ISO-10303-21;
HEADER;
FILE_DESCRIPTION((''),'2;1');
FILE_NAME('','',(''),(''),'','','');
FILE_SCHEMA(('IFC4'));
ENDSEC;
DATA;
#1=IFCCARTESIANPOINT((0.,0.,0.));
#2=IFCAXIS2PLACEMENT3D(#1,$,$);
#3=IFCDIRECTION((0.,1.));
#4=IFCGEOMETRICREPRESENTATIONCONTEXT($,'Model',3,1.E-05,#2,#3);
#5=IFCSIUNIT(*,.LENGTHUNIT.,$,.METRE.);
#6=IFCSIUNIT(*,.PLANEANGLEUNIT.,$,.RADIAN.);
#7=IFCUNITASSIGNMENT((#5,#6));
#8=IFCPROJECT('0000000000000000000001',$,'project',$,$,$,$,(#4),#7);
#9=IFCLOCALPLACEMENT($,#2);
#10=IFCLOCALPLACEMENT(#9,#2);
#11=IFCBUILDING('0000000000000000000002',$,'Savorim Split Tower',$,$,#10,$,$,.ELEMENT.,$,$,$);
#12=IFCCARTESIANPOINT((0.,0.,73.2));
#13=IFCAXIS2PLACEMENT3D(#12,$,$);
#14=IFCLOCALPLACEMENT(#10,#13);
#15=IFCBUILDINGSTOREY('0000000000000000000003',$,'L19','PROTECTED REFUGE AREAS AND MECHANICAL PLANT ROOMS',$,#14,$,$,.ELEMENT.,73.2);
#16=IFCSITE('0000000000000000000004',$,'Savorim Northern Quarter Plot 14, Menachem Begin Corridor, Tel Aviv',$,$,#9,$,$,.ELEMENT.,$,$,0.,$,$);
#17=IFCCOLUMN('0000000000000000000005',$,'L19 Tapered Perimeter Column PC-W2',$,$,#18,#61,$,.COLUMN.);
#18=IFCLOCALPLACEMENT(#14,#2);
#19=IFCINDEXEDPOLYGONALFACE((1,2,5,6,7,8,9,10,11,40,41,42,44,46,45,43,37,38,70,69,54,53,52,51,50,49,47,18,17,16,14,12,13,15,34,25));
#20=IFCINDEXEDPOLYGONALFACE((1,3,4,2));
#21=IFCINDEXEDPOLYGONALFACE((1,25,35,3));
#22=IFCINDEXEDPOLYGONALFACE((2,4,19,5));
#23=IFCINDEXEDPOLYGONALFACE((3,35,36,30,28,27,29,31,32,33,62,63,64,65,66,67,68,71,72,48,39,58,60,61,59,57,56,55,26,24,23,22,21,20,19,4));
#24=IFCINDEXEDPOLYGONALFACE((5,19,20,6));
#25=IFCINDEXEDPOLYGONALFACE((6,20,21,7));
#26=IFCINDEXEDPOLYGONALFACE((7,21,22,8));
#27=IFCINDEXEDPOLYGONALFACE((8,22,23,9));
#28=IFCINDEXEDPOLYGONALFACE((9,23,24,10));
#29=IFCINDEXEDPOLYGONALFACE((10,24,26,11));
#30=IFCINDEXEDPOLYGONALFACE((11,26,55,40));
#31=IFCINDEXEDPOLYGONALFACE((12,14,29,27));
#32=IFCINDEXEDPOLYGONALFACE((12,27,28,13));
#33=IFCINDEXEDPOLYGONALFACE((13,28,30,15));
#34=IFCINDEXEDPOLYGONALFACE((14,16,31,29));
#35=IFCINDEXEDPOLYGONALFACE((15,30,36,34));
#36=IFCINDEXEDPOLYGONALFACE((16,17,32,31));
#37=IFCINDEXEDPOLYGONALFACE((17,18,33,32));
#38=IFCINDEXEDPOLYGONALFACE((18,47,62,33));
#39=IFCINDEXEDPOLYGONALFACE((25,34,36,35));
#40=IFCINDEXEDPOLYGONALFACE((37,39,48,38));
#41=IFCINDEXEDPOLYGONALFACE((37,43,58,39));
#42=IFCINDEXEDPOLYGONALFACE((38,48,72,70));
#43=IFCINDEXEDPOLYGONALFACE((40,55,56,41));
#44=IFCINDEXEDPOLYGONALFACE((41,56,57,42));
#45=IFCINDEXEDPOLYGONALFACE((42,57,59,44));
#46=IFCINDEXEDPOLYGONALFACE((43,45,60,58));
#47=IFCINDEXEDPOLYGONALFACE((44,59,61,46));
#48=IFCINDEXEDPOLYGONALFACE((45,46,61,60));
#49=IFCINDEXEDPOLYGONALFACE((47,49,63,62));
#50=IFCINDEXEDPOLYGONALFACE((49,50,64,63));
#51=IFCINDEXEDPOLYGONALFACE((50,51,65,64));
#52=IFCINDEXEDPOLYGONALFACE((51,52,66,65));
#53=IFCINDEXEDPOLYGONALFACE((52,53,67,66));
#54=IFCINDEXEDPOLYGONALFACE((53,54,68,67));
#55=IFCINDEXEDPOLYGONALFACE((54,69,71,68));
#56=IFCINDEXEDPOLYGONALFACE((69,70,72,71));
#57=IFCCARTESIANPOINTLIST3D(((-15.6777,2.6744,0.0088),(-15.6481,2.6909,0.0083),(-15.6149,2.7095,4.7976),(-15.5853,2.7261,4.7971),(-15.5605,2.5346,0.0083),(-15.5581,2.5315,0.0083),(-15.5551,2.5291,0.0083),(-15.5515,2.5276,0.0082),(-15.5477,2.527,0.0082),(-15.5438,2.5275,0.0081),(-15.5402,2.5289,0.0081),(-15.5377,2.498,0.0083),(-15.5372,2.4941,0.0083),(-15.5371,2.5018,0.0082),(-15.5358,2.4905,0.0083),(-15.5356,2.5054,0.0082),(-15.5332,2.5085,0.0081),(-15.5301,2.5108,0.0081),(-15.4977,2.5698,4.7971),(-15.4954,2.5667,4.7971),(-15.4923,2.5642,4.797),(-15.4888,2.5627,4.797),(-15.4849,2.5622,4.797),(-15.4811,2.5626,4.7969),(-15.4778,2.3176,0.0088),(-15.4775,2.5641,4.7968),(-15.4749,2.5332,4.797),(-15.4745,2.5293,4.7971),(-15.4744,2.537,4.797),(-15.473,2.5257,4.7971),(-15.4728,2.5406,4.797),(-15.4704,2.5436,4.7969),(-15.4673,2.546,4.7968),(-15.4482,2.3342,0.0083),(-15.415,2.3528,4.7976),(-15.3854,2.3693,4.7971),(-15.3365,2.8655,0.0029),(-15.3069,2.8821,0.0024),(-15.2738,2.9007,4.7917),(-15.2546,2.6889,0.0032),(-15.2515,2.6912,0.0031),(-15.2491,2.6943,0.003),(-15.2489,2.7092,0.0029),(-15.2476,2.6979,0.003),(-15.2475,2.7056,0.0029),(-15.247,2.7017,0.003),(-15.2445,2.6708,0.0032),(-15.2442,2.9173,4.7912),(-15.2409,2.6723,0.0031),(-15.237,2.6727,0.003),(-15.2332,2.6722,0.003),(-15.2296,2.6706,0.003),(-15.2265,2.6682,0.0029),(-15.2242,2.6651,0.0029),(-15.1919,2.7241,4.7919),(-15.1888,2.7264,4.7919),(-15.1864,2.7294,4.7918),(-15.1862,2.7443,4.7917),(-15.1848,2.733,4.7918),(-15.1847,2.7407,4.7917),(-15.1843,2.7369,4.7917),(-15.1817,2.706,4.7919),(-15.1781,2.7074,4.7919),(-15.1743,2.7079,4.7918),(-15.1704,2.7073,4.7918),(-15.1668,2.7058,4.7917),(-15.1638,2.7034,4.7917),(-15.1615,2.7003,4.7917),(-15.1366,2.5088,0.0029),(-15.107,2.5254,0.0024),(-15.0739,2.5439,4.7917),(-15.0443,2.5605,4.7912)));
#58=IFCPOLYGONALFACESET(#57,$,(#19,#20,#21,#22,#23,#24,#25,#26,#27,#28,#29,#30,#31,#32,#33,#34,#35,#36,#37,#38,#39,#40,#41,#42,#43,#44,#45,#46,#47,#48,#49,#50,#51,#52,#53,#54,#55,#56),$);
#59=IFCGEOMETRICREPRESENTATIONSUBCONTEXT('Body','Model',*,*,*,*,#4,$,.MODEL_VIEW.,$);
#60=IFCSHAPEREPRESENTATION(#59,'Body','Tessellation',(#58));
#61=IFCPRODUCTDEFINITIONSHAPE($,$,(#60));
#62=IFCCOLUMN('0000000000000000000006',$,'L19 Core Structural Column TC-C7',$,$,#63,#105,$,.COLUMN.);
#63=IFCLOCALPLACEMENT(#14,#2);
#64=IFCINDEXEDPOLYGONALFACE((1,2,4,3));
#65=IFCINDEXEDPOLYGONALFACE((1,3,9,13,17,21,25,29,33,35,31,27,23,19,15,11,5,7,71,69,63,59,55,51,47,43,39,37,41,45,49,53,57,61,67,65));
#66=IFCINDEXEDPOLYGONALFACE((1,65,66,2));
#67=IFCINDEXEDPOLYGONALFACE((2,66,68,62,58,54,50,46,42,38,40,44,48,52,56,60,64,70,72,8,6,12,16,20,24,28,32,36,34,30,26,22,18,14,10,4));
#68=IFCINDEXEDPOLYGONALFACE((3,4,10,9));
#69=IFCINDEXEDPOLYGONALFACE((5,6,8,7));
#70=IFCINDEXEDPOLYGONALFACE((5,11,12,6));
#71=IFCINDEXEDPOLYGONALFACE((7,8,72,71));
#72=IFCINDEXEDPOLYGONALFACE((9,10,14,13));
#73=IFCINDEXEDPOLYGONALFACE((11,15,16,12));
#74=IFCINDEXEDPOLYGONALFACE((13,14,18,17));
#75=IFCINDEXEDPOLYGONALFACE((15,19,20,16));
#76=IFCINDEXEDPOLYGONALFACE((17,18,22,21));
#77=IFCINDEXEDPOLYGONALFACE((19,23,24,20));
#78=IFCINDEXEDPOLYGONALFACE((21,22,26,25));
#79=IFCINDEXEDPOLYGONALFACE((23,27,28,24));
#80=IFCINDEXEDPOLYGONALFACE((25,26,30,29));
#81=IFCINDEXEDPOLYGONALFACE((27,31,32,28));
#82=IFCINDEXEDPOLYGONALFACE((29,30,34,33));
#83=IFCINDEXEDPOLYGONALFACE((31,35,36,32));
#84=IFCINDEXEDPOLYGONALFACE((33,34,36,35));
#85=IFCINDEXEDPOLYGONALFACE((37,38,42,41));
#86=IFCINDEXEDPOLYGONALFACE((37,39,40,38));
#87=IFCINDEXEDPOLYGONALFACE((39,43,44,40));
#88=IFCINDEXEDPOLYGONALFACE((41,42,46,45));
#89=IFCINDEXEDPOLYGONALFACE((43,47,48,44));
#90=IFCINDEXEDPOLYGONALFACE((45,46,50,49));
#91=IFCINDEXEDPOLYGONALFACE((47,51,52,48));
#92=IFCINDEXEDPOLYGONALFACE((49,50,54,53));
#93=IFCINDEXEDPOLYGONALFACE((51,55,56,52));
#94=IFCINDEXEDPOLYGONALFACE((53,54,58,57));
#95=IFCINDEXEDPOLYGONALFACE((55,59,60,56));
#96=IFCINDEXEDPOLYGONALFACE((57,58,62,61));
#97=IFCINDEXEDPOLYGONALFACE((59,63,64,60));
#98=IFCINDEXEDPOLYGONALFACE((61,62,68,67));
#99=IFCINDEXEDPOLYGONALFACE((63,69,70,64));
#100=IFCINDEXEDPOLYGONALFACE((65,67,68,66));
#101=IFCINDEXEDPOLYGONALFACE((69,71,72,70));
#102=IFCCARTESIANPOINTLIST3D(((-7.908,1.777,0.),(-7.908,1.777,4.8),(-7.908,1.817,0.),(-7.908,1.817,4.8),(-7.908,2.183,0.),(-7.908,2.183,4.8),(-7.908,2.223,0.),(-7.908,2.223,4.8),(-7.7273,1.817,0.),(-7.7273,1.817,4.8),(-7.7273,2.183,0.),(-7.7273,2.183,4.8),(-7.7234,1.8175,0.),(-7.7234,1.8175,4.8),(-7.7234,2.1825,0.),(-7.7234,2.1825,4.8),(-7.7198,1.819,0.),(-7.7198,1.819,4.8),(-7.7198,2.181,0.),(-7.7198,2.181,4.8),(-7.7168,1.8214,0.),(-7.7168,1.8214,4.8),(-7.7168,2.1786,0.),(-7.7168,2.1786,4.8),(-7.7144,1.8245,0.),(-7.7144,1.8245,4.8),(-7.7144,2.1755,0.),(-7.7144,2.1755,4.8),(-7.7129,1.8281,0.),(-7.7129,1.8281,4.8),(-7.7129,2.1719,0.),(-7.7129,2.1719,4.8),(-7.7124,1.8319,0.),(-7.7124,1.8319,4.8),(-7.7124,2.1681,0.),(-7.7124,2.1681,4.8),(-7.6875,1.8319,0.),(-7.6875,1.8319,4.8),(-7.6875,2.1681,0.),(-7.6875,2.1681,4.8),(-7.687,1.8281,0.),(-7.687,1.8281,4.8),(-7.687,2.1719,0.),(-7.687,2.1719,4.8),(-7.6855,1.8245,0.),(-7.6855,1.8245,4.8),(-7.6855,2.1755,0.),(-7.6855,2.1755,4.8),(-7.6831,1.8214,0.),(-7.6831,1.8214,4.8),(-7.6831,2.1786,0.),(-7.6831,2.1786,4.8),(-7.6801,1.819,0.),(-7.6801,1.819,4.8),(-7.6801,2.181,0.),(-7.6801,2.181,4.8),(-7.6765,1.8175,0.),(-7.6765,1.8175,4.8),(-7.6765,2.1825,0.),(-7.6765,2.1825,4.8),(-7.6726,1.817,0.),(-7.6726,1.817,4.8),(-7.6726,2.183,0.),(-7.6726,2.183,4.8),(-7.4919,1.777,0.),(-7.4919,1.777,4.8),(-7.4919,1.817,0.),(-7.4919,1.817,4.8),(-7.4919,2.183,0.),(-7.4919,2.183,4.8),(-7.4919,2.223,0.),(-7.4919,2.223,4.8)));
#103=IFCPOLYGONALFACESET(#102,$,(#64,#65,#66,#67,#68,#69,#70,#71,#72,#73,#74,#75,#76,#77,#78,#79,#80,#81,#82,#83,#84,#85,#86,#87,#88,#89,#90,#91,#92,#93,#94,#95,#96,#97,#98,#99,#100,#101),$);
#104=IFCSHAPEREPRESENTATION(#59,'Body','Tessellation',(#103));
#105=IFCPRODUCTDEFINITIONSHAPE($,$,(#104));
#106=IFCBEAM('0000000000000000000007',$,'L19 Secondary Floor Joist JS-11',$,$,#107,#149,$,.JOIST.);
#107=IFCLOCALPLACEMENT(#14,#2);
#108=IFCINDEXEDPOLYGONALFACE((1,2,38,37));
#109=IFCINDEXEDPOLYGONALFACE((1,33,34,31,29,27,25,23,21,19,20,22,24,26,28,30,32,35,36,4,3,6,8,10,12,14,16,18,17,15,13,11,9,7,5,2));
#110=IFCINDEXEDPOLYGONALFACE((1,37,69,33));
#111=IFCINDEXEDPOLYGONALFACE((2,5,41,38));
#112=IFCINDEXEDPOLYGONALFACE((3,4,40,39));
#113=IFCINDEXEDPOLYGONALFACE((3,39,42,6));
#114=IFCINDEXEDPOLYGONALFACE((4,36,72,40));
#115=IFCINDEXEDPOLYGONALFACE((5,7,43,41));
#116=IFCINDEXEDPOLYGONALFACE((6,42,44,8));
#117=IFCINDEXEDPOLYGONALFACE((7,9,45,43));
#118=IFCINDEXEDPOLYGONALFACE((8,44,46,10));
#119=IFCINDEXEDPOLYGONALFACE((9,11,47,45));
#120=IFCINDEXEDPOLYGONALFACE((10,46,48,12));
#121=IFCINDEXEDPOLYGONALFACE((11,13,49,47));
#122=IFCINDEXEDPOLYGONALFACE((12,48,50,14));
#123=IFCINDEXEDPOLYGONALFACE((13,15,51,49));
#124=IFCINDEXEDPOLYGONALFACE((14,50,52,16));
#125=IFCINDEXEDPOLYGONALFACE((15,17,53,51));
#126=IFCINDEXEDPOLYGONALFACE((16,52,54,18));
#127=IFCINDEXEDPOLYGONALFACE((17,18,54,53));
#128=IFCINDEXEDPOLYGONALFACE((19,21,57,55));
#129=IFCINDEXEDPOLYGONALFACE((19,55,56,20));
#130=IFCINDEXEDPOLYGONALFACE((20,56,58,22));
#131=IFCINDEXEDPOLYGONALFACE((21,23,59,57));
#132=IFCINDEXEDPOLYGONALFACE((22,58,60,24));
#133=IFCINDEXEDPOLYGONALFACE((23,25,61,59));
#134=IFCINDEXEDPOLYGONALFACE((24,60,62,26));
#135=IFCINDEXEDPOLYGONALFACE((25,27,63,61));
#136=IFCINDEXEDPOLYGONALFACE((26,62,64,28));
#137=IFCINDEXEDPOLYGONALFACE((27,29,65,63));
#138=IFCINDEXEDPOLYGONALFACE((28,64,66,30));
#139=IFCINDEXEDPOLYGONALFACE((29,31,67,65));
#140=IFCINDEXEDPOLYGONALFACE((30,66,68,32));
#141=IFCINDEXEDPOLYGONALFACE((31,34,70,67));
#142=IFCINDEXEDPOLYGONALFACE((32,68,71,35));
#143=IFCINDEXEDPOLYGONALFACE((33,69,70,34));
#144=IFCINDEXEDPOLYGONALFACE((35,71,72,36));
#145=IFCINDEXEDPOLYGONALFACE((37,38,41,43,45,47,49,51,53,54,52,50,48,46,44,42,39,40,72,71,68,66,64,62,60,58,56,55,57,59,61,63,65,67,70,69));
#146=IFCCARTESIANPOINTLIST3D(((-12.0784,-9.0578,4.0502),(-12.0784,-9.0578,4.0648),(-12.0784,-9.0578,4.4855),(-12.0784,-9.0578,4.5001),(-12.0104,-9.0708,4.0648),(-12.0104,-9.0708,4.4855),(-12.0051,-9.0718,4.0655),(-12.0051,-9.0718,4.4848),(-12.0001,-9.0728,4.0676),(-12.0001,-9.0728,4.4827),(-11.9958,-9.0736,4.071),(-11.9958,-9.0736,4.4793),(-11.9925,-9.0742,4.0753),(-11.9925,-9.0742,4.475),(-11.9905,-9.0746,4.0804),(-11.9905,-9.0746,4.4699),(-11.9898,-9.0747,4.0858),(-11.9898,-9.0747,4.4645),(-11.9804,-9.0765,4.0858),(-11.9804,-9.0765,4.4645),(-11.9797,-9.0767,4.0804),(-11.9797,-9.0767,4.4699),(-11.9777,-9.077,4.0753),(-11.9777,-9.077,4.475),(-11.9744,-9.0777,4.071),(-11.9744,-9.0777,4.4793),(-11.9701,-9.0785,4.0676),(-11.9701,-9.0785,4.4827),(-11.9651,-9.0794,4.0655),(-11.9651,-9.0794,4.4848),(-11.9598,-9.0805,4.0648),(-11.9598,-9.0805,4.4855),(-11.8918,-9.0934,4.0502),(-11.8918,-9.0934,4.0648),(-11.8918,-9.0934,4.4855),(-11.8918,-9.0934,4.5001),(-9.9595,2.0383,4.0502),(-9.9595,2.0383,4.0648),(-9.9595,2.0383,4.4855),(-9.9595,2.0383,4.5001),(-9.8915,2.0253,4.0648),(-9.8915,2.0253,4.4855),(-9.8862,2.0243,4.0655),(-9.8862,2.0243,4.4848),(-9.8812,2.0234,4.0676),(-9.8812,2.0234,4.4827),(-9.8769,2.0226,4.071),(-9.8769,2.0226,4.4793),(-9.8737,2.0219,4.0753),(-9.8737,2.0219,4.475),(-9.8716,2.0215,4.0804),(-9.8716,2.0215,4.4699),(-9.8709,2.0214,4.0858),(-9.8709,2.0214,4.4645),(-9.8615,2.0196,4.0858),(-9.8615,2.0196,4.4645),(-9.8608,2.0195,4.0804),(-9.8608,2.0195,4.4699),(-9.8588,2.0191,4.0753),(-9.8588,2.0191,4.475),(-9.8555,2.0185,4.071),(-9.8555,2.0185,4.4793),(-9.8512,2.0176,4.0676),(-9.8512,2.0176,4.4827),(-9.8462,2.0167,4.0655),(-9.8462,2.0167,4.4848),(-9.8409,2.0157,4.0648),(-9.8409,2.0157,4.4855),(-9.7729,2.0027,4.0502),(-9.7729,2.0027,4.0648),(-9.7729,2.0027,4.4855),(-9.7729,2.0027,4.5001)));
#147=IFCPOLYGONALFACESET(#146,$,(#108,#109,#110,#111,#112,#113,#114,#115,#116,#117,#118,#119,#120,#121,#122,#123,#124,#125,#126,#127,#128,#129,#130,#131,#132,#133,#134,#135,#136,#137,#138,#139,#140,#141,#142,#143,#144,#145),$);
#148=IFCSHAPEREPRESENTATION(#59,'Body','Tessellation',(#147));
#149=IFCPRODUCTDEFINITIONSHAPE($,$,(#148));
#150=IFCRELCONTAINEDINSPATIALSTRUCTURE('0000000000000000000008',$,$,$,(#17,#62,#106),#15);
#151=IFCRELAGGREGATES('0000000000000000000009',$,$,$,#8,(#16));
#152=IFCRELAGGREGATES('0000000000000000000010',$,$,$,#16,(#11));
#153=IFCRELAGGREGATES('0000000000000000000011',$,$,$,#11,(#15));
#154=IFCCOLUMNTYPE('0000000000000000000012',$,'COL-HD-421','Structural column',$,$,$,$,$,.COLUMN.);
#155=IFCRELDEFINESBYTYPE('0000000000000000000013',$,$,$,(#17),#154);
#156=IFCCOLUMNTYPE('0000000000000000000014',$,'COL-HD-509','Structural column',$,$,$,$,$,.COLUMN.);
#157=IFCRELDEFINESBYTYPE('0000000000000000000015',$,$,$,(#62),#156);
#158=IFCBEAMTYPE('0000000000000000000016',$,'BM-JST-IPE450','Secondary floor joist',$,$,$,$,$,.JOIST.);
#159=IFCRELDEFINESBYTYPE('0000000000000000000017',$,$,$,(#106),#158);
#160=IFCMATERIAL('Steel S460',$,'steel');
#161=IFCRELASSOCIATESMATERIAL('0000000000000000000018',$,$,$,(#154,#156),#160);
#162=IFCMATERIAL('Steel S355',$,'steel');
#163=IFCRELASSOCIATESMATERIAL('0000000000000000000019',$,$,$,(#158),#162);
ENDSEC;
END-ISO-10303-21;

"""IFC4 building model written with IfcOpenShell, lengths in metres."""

from ifc_helpers import new_model, si_unit, direction, frame, origin, origin_2d, place, context, subcontext, project, spatial, i_section, extrude, material, material_profile, profile_set, type_object, element, save


model = new_model("IFC4")

# Units and contexts
model_context = context("Model", 3, precision=1e-05, world=origin(), true_north=direction((0.0, 1.0)))
body_context = subcontext(model_context, "Body", "Model", "MODEL_VIEW")
ifc_project = project(units=[si_unit("LENGTHUNIT", "METRE"), si_unit("PLANEANGLEUNIT", "RADIAN")], contexts=[model_context])

# Site, building, storey
site_placement = place(None, origin())
site = spatial("IfcSite", under=ifc_project, at=site_placement, Name="Savorim Northern Quarter Plot 14, Menachem Begin Corridor, Tel Aviv", CompositionType="ELEMENT", RefElevation=0.0)
building_placement = place(site_placement, origin())
building = spatial("IfcBuilding", under=site, at=building_placement, Name="Savorim Split Tower", CompositionType="ELEMENT")
storey_placement = place(building_placement, frame((0.0, 0.0, 73.2)))
storey = spatial("IfcBuildingStorey", under=building, at=storey_placement, Name="L19", Description="PROTECTED REFUGE AREAS AND MECHANICAL PLANT ROOMS", CompositionType="ELEMENT", Elevation=73.2)

# Columns
ifc_material_1 = material(Name="Steel S460", Category="steel")
ifc_material_profile_1 = material_profile(ifc_material_1, i_section(OverallWidth=0.4089, OverallDepth=0.425, WebThickness=0.0208, FlangeThickness=0.0339, FilletRadius=0.0149, at=origin_2d()), Name="HD 400x421")
ifc_profile_set_1 = profile_set([ifc_material_profile_1], Name="Steel S460")
column_type_1 = type_object("IfcColumnType", Name="COL-HD-421", Description="Structural column", PredefinedType="COLUMN", material=ifc_profile_set_1)
column_1_placement = place(storey_placement, frame((-15.3923, 2.5999, 0.0056), z_axis=(0.013101, 0.00734, 0.999887), x_axis=(-0.48881, 0.87239, 0.0)))
element("IfcColumn", 1, at=column_1_placement, inside=storey, type_object=column_type_1, Name="L19 Tapered Perimeter Column PC-W2", PredefinedType="COLUMN", context=body_context, shape_type="SweptSolid", body=[
    extrude(i_section(OverallWidth=0.4089, OverallDepth=0.425, WebThickness=0.0208, FlangeThickness=0.0339, FilletRadius=0.0149, at=origin_2d()), origin(), (0.0, 0.0, 1.0), 4.7893),
])
ifc_material_profile_2 = material_profile(ifc_material_1, i_section(OverallWidth=0.416, OverallDepth=0.446, WebThickness=0.0249, FlangeThickness=0.04, FilletRadius=0.0149, at=origin_2d()), Name="HD 400x509")
ifc_profile_set_2 = profile_set([ifc_material_profile_2], Name="Steel S460")
column_type_2 = type_object("IfcColumnType", Name="COL-HD-509", Description="Structural column", PredefinedType="COLUMN", material=ifc_profile_set_2)
column_2_placement = place(storey_placement, frame((-7.7, 2.0, 0.0), z_axis=(0.0, 0.0, 1.0), x_axis=(1.0, 0.0, 0.0)))
element("IfcColumn", 2, at=column_2_placement, inside=storey, type_object=column_type_2, Name="L19 Core Structural Column TC-C7", PredefinedType="COLUMN", context=body_context, shape_type="SweptSolid", body=[
    extrude(i_section(OverallWidth=0.416, OverallDepth=0.446, WebThickness=0.0249, FlangeThickness=0.04, FilletRadius=0.0149, at=origin_2d()), origin(), (0.0, 0.0, 1.0), 4.8),
])

# Beam
ifc_material_2 = material(Name="Steel S355", Category="steel")
ifc_material_profile_3 = material_profile(ifc_material_2, i_section(OverallWidth=0.1899, OverallDepth=0.45, WebThickness=0.0095, FlangeThickness=0.0146, FilletRadius=0.021, at=origin_2d()), Name="IPE 450")
ifc_profile_set_3 = profile_set([ifc_material_profile_3], Name="Steel S355")
beam_type_1 = type_object("IfcBeamType", Name="BM-JST-IPE450", Description="Secondary floor joist", PredefinedType="JOIST", material=ifc_profile_set_3)
beam_1_placement = place(storey_placement, frame((-9.8662, 2.0205, 4.2751), z_axis=(-0.187568, -0.982252, 0.0), x_axis=(0.982252, -0.187568, 0.0)))
element("IfcBeam", 3, at=beam_1_placement, inside=storey, type_object=beam_type_1, Name="L19 Secondary Floor Joist JS-11", PredefinedType="JOIST", context=body_context, shape_type="SweptSolid", body=[
    extrude(i_section(OverallWidth=0.1899, OverallDepth=0.45, WebThickness=0.0095, FlangeThickness=0.0146, FilletRadius=0.021, at=origin_2d()), origin(), (0.0, 0.0, 1.0), 11.2966),
])

save(model, "model.ifc")
